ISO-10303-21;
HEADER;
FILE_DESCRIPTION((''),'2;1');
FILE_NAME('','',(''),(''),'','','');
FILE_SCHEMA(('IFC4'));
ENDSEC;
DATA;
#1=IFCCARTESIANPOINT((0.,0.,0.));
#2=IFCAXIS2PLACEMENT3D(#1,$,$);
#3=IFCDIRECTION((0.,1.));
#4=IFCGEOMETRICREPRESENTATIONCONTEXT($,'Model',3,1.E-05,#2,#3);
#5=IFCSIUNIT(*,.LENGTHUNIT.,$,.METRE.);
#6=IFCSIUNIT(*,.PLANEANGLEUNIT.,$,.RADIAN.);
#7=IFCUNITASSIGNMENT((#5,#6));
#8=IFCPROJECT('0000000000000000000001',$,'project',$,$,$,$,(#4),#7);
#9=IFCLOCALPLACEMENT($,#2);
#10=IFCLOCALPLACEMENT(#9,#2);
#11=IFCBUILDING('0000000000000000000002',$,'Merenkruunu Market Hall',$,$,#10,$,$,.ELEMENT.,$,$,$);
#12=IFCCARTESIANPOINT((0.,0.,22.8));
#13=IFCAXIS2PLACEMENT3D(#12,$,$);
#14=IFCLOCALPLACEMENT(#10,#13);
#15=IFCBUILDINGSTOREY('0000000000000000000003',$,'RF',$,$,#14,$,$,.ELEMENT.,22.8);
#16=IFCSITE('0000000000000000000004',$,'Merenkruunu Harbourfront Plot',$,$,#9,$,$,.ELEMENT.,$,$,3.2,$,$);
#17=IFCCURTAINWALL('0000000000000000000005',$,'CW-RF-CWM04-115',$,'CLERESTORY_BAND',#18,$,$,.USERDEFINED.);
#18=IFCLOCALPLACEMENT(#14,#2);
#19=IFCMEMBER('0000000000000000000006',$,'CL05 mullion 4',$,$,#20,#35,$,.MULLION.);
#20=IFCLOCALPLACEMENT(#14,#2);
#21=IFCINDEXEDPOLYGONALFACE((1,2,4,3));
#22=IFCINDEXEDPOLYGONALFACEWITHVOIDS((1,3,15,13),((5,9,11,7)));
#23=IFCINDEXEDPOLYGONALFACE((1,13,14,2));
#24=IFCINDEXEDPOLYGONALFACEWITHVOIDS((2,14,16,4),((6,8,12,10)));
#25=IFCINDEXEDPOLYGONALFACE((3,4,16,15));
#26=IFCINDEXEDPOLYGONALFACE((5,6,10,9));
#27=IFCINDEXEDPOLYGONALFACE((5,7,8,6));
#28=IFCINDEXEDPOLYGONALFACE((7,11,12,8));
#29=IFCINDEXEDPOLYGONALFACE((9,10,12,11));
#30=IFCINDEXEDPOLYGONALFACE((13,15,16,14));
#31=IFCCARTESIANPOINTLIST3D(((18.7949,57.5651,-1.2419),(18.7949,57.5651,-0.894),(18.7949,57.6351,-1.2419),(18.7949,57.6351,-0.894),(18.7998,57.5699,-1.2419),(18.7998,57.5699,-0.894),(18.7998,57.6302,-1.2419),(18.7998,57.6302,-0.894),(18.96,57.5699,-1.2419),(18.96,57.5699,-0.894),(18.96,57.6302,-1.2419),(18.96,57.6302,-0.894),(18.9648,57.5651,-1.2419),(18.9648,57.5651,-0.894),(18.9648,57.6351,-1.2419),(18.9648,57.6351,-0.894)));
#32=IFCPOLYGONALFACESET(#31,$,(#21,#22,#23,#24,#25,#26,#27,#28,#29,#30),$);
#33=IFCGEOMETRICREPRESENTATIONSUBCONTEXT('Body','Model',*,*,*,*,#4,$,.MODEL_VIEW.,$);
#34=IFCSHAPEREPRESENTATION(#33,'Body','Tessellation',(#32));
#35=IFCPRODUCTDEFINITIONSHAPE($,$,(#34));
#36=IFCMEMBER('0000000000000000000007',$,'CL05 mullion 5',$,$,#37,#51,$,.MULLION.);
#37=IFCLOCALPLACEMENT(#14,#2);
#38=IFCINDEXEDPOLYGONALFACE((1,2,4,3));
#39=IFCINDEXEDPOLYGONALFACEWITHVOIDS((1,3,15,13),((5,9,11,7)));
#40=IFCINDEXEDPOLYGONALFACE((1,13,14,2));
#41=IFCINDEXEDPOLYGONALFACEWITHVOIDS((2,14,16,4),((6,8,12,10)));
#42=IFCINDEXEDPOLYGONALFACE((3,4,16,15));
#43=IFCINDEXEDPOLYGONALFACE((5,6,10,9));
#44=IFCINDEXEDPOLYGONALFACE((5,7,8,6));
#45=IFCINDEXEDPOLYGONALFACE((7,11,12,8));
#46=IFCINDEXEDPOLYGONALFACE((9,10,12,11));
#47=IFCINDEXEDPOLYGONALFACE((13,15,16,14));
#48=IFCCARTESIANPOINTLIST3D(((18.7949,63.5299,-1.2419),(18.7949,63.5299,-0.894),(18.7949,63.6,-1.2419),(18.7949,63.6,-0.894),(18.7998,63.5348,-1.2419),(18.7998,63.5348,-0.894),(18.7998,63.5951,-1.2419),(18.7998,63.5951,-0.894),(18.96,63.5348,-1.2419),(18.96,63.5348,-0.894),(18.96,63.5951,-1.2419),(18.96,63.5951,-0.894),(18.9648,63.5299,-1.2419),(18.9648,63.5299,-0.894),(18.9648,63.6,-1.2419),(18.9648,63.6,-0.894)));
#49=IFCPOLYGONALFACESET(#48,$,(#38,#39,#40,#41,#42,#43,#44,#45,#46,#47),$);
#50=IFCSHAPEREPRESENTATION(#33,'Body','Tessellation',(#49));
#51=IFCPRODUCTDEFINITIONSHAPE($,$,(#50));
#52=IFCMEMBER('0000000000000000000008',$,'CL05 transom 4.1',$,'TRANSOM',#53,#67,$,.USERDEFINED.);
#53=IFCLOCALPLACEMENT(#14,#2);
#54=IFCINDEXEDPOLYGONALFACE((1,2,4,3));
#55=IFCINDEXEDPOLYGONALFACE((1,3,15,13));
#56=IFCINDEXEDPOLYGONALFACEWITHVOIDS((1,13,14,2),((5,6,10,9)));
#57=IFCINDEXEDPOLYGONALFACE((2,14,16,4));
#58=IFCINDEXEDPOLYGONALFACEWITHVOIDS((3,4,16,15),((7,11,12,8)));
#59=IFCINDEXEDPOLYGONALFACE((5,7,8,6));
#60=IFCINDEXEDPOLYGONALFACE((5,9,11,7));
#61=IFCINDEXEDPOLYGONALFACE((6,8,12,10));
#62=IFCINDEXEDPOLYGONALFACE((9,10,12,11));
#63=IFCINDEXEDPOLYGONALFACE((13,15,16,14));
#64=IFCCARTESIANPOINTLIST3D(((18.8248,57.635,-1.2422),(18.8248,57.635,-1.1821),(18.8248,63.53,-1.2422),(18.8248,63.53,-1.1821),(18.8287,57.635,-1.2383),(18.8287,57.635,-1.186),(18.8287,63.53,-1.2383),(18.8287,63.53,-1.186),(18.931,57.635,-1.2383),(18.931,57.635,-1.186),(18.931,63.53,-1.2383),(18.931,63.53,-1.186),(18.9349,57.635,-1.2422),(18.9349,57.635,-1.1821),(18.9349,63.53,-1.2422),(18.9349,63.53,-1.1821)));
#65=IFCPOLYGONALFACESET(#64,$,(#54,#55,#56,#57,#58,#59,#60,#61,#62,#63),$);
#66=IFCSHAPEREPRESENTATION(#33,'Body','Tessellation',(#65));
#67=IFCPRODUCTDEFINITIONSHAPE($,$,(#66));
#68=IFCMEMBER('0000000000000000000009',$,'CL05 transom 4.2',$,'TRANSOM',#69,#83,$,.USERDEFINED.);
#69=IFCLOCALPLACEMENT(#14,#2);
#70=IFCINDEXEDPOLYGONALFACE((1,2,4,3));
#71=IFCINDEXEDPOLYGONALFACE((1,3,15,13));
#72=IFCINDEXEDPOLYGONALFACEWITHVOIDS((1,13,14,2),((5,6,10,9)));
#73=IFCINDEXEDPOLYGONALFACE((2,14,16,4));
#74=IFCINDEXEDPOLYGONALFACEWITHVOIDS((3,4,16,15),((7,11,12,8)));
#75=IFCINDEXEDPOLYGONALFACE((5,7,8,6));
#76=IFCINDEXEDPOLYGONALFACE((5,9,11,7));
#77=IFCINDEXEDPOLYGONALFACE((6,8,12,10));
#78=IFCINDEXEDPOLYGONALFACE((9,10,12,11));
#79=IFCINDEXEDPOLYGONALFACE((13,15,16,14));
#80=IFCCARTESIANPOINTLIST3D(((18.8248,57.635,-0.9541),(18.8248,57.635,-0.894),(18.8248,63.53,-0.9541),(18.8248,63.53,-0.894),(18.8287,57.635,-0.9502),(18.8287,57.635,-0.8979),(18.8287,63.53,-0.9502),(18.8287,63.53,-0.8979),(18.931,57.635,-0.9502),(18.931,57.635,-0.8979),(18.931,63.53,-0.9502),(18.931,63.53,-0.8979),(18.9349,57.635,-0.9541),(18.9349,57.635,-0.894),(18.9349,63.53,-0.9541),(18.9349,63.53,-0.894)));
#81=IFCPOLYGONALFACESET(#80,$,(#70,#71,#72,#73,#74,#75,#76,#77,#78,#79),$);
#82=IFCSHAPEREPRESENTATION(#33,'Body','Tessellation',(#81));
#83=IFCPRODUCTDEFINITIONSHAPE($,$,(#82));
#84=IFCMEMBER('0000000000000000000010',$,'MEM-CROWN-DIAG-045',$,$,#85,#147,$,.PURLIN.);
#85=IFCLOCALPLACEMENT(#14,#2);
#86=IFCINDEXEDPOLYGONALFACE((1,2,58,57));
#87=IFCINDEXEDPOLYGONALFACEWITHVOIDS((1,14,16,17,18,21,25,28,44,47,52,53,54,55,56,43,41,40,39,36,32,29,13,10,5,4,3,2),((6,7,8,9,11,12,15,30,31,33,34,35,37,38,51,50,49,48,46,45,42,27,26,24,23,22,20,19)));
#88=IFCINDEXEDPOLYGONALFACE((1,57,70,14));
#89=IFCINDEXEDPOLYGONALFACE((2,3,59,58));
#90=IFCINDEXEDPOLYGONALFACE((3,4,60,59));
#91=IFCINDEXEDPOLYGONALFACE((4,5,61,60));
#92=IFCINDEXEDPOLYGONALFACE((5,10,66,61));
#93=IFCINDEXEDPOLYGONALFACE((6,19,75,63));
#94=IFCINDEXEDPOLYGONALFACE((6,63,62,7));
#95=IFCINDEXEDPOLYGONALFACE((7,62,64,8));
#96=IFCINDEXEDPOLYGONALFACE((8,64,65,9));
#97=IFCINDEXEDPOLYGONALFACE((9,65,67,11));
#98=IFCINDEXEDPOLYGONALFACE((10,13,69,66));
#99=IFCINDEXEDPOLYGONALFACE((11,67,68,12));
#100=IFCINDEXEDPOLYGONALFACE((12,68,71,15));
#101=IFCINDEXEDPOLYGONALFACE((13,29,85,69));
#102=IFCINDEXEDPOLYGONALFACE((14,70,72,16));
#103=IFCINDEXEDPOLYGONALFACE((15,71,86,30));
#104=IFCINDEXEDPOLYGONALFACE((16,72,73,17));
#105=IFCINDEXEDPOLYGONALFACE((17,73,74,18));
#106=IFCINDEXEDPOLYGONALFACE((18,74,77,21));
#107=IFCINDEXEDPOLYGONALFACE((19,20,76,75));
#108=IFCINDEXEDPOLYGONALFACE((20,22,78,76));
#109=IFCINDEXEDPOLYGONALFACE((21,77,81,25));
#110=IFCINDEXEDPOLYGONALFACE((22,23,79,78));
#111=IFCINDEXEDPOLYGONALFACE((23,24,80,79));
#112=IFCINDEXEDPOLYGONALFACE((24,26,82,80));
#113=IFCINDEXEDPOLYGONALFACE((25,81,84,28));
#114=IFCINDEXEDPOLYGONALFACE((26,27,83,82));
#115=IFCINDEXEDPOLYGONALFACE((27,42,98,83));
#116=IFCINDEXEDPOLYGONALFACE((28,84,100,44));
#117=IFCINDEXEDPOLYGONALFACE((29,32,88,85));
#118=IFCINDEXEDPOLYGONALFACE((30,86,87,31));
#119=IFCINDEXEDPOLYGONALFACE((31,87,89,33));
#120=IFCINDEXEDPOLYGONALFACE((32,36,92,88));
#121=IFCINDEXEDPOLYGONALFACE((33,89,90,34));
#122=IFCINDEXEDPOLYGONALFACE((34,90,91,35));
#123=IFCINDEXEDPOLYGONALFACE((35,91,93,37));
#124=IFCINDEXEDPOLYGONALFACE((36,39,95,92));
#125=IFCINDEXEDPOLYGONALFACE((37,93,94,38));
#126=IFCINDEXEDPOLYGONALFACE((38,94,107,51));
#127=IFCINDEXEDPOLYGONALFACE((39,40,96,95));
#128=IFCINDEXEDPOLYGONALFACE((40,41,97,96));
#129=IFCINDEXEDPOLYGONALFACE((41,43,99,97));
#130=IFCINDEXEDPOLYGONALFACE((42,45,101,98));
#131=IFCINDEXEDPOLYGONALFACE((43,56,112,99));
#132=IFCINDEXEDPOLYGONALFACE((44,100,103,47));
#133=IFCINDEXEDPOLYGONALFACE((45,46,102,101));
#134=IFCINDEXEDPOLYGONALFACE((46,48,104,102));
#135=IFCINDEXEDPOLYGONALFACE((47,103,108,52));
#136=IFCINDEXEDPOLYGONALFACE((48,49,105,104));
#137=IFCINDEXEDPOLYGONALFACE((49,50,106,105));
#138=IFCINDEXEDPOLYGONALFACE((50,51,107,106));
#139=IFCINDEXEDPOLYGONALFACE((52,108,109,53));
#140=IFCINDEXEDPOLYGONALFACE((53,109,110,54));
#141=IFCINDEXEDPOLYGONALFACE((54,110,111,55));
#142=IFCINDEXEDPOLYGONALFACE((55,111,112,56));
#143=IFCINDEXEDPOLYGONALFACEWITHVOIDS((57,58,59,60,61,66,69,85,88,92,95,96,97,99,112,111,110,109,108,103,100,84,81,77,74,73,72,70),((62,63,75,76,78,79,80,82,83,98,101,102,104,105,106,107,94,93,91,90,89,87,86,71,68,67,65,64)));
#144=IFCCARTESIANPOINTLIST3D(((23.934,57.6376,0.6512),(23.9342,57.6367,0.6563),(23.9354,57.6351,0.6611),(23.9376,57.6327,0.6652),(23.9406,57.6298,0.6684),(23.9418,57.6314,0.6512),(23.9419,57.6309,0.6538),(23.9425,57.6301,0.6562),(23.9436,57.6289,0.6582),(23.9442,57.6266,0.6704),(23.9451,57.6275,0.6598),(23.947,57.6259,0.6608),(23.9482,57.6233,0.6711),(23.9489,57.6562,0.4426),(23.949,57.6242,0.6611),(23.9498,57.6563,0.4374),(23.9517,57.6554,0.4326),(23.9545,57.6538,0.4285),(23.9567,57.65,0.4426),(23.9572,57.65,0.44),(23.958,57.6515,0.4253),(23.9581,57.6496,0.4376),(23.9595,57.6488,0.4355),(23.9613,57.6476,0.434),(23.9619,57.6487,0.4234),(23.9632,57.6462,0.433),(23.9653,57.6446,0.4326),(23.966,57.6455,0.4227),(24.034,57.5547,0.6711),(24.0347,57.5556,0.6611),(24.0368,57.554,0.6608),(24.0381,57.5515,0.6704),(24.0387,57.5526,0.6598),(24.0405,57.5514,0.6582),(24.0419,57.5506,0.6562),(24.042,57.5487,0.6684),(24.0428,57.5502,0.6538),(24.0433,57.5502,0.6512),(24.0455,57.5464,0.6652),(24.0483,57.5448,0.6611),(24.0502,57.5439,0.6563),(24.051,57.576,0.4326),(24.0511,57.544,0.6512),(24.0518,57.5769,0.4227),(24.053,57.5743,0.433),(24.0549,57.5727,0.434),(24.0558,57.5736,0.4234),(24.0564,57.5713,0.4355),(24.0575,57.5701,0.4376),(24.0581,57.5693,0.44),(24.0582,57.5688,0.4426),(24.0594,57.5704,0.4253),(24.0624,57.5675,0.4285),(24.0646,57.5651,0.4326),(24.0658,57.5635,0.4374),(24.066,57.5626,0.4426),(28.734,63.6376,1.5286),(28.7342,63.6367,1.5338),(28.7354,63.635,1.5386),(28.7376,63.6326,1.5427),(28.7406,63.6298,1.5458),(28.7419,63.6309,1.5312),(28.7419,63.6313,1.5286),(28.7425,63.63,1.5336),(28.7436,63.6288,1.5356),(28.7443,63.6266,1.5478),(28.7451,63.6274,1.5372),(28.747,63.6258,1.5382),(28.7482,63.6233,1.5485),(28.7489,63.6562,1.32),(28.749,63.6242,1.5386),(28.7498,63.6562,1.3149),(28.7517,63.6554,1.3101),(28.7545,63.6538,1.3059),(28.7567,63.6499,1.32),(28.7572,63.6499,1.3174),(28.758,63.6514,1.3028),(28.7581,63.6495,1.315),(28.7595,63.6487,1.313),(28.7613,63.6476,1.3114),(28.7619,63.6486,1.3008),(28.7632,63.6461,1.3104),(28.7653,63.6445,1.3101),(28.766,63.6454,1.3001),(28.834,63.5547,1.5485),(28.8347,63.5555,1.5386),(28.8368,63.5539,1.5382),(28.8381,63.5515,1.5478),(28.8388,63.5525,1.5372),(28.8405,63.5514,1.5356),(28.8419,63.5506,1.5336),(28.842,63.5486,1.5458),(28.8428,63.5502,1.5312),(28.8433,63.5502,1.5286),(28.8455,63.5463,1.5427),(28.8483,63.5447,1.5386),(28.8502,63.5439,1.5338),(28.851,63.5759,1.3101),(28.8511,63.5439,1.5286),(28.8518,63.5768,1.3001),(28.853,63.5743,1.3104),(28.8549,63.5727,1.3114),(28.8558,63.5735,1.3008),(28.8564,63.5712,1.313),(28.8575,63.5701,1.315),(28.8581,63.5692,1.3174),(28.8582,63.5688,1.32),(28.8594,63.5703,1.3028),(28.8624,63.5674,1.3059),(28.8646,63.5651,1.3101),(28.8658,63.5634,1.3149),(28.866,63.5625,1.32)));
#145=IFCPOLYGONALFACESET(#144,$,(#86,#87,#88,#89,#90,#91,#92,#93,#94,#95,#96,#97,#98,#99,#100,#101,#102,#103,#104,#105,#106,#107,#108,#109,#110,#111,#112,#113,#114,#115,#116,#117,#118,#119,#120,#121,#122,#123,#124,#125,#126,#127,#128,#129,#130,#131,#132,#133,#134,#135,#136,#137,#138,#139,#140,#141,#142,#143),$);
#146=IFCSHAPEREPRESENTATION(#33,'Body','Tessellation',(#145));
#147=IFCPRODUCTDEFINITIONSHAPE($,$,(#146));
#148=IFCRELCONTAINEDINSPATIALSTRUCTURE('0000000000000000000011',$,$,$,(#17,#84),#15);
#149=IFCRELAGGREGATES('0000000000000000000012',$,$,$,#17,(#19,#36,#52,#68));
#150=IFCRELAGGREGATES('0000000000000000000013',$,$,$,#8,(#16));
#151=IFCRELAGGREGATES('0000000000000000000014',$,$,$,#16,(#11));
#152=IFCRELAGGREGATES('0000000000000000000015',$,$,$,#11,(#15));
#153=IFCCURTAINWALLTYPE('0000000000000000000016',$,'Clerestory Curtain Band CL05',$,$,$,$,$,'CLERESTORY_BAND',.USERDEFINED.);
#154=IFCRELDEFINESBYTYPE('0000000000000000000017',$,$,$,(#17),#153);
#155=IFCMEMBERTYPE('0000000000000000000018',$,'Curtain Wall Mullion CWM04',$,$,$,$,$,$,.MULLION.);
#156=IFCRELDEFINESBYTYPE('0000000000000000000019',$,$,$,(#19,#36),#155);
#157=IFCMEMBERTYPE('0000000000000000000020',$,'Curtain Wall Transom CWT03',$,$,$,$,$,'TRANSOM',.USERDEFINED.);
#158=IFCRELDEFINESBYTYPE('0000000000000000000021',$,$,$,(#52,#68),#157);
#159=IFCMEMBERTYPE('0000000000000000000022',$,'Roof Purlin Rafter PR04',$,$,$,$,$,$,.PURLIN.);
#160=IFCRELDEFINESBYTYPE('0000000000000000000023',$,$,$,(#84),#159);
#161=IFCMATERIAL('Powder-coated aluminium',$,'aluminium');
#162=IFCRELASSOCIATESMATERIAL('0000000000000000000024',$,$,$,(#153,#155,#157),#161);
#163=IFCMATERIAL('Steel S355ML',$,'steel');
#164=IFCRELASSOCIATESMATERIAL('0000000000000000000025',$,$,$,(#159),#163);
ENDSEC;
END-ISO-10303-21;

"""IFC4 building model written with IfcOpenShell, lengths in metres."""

from ifc_helpers import new_model, si_unit, direction, frame, origin, origin_2d, place, context, subcontext, project, spatial, hollow_rectangle, extrude, material, material_profile, profile_set, type_object, element, aggregate, save


model = new_model("IFC4")

# Units and contexts
model_context = context("Model", 3, precision=1e-05, world=origin(), true_north=direction((0.0, 1.0)))
body_context = subcontext(model_context, "Body", "Model", "MODEL_VIEW")
ifc_project = project(units=[si_unit("LENGTHUNIT", "METRE"), si_unit("PLANEANGLEUNIT", "RADIAN")], contexts=[model_context])

# Site, building, storey
site_placement = place(None, origin())
site = spatial("IfcSite", under=ifc_project, at=site_placement, Name="Merenkruunu Harbourfront Plot", CompositionType="ELEMENT", RefElevation=3.2)
building_placement = place(site_placement, origin())
building = spatial("IfcBuilding", under=site, at=building_placement, Name="Merenkruunu Market Hall", CompositionType="ELEMENT")
storey_placement = place(building_placement, frame((0.0, 0.0, 22.8)))
storey = spatial("IfcBuildingStorey", under=building, at=storey_placement, Name="RF", CompositionType="ELEMENT", Elevation=22.8)

# Curtain wall, members
ifc_material_1 = material(Name="Powder-coated aluminium", Category="aluminium")
curtain_wall_type = type_object("IfcCurtainWallType", Name="Clerestory Curtain Band CL05", ElementType="CLERESTORY_BAND", PredefinedType="USERDEFINED", material=ifc_material_1)
curtain_wall_placement = place(storey_placement, origin())
curtain_wall = element("IfcCurtainWall", 1, at=curtain_wall_placement, inside=storey, type_object=curtain_wall_type, Name="CW-RF-CWM04-115", ObjectType="CLERESTORY_BAND", PredefinedType="USERDEFINED")
ifc_material_profile_1 = material_profile(ifc_material_1, hollow_rectangle(XDim=0.0701, YDim=0.1699, WallThickness=0.0049, at=origin_2d()), Name="ALU 70x170x5")
ifc_profile_set_1 = profile_set([ifc_material_profile_1], Name="Powder-coated aluminium")
member_type_1 = type_object("IfcMemberType", Name="Curtain Wall Mullion CWM04", PredefinedType="MULLION", material=ifc_profile_set_1)
member_1_placement = place(storey_placement, frame((18.8799, 57.6001, -1.2419), z_axis=(0.0, 0.0, 1.0), x_axis=(0.0, 1.0, 0.0)))
member_1 = element("IfcMember", 2, at=member_1_placement, type_object=member_type_1, Name="CL05 mullion 4", PredefinedType="MULLION", context=body_context, shape_type="SweptSolid", body=[
    extrude(hollow_rectangle(XDim=0.0701, YDim=0.1699, WallThickness=0.0049, at=origin_2d()), origin(), (0.0, 0.0, 1.0), 0.3479),
])
member_2_placement = place(storey_placement, frame((18.8799, 63.5649, -1.2419), z_axis=(0.0, 0.0, 1.0), x_axis=(0.0, 1.0, 0.0)))
member_2 = element("IfcMember", 3, at=member_2_placement, type_object=member_type_1, Name="CL05 mullion 5", PredefinedType="MULLION", context=body_context, shape_type="SweptSolid", body=[
    extrude(hollow_rectangle(XDim=0.0701, YDim=0.1699, WallThickness=0.0049, at=origin_2d()), origin(), (0.0, 0.0, 1.0), 0.3479),
])
ifc_material_profile_2 = material_profile(ifc_material_1, hollow_rectangle(XDim=0.0601, YDim=0.1101, WallThickness=0.0039, at=origin_2d()), Name="ALU 60x110x4")
ifc_profile_set_2 = profile_set([ifc_material_profile_2], Name="Powder-coated aluminium")
member_type_2 = type_object("IfcMemberType", Name="Curtain Wall Transom CWT03", ElementType="TRANSOM", PredefinedType="USERDEFINED", material=ifc_profile_set_2)
member_3_placement = place(storey_placement, frame((18.8799, 57.635, -1.2122), z_axis=(0.0, 1.0, 0.0), x_axis=(0.0, 0.0, 1.0)))
member_3 = element("IfcMember", 4, at=member_3_placement, type_object=member_type_2, Name="CL05 transom 4.1", ObjectType="TRANSOM", PredefinedType="USERDEFINED", context=body_context, shape_type="SweptSolid", body=[
    extrude(hollow_rectangle(XDim=0.0601, YDim=0.1101, WallThickness=0.0039, at=origin_2d()), origin(), (0.0, 0.0, 1.0), 5.895),
])
member_4_placement = place(storey_placement, frame((18.8799, 57.635, -0.9241), z_axis=(0.0, 1.0, 0.0), x_axis=(0.0, 0.0, 1.0)))
member_4 = element("IfcMember", 5, at=member_4_placement, type_object=member_type_2, Name="CL05 transom 4.2", ObjectType="TRANSOM", PredefinedType="USERDEFINED", context=body_context, shape_type="SweptSolid", body=[
    extrude(hollow_rectangle(XDim=0.0601, YDim=0.1101, WallThickness=0.0039, at=origin_2d()), origin(), (0.0, 0.0, 1.0), 5.895),
])

# Member
ifc_material_2 = material(Name="Steel S355ML", Category="steel")
ifc_material_profile_3 = material_profile(ifc_material_2, hollow_rectangle(XDim=0.1499, YDim=0.25, WallThickness=0.01, InnerFilletRadius=0.01, OuterFilletRadius=0.02, at=origin_2d()), Name="RHS 250x150x10")
ifc_profile_set_3 = profile_set([ifc_material_profile_3], Name="Steel S355ML")
member_type_3 = type_object("IfcMemberType", Name="Roof Purlin Rafter PR04", PredefinedType="PURLIN", material=ifc_profile_set_3)
for number, where, z_axis, x_axis, name in (
    (6, (24.0, 57.6001, 0.5469), (0.620665, 0.775824, 0.113457), (-0.780866, 0.624699, 0.0), "MEM-CROWN-DIAG-045"),
):
    element("IfcMember", number, at=place(storey_placement, frame(where, z_axis=z_axis, x_axis=x_axis)), inside=storey, type_object=member_type_3, Name=name, PredefinedType="PURLIN", context=body_context, shape_type="SweptSolid", body=[
        extrude(hollow_rectangle(XDim=0.1499, YDim=0.25, WallThickness=0.01, InnerFilletRadius=0.01, OuterFilletRadius=0.02, at=origin_2d()), origin(), (0.0, 0.0, 1.0), 7.7336),
    ])

aggregate(curtain_wall, [member_1, member_2, member_3, member_4])

save(model, "model.ifc")
